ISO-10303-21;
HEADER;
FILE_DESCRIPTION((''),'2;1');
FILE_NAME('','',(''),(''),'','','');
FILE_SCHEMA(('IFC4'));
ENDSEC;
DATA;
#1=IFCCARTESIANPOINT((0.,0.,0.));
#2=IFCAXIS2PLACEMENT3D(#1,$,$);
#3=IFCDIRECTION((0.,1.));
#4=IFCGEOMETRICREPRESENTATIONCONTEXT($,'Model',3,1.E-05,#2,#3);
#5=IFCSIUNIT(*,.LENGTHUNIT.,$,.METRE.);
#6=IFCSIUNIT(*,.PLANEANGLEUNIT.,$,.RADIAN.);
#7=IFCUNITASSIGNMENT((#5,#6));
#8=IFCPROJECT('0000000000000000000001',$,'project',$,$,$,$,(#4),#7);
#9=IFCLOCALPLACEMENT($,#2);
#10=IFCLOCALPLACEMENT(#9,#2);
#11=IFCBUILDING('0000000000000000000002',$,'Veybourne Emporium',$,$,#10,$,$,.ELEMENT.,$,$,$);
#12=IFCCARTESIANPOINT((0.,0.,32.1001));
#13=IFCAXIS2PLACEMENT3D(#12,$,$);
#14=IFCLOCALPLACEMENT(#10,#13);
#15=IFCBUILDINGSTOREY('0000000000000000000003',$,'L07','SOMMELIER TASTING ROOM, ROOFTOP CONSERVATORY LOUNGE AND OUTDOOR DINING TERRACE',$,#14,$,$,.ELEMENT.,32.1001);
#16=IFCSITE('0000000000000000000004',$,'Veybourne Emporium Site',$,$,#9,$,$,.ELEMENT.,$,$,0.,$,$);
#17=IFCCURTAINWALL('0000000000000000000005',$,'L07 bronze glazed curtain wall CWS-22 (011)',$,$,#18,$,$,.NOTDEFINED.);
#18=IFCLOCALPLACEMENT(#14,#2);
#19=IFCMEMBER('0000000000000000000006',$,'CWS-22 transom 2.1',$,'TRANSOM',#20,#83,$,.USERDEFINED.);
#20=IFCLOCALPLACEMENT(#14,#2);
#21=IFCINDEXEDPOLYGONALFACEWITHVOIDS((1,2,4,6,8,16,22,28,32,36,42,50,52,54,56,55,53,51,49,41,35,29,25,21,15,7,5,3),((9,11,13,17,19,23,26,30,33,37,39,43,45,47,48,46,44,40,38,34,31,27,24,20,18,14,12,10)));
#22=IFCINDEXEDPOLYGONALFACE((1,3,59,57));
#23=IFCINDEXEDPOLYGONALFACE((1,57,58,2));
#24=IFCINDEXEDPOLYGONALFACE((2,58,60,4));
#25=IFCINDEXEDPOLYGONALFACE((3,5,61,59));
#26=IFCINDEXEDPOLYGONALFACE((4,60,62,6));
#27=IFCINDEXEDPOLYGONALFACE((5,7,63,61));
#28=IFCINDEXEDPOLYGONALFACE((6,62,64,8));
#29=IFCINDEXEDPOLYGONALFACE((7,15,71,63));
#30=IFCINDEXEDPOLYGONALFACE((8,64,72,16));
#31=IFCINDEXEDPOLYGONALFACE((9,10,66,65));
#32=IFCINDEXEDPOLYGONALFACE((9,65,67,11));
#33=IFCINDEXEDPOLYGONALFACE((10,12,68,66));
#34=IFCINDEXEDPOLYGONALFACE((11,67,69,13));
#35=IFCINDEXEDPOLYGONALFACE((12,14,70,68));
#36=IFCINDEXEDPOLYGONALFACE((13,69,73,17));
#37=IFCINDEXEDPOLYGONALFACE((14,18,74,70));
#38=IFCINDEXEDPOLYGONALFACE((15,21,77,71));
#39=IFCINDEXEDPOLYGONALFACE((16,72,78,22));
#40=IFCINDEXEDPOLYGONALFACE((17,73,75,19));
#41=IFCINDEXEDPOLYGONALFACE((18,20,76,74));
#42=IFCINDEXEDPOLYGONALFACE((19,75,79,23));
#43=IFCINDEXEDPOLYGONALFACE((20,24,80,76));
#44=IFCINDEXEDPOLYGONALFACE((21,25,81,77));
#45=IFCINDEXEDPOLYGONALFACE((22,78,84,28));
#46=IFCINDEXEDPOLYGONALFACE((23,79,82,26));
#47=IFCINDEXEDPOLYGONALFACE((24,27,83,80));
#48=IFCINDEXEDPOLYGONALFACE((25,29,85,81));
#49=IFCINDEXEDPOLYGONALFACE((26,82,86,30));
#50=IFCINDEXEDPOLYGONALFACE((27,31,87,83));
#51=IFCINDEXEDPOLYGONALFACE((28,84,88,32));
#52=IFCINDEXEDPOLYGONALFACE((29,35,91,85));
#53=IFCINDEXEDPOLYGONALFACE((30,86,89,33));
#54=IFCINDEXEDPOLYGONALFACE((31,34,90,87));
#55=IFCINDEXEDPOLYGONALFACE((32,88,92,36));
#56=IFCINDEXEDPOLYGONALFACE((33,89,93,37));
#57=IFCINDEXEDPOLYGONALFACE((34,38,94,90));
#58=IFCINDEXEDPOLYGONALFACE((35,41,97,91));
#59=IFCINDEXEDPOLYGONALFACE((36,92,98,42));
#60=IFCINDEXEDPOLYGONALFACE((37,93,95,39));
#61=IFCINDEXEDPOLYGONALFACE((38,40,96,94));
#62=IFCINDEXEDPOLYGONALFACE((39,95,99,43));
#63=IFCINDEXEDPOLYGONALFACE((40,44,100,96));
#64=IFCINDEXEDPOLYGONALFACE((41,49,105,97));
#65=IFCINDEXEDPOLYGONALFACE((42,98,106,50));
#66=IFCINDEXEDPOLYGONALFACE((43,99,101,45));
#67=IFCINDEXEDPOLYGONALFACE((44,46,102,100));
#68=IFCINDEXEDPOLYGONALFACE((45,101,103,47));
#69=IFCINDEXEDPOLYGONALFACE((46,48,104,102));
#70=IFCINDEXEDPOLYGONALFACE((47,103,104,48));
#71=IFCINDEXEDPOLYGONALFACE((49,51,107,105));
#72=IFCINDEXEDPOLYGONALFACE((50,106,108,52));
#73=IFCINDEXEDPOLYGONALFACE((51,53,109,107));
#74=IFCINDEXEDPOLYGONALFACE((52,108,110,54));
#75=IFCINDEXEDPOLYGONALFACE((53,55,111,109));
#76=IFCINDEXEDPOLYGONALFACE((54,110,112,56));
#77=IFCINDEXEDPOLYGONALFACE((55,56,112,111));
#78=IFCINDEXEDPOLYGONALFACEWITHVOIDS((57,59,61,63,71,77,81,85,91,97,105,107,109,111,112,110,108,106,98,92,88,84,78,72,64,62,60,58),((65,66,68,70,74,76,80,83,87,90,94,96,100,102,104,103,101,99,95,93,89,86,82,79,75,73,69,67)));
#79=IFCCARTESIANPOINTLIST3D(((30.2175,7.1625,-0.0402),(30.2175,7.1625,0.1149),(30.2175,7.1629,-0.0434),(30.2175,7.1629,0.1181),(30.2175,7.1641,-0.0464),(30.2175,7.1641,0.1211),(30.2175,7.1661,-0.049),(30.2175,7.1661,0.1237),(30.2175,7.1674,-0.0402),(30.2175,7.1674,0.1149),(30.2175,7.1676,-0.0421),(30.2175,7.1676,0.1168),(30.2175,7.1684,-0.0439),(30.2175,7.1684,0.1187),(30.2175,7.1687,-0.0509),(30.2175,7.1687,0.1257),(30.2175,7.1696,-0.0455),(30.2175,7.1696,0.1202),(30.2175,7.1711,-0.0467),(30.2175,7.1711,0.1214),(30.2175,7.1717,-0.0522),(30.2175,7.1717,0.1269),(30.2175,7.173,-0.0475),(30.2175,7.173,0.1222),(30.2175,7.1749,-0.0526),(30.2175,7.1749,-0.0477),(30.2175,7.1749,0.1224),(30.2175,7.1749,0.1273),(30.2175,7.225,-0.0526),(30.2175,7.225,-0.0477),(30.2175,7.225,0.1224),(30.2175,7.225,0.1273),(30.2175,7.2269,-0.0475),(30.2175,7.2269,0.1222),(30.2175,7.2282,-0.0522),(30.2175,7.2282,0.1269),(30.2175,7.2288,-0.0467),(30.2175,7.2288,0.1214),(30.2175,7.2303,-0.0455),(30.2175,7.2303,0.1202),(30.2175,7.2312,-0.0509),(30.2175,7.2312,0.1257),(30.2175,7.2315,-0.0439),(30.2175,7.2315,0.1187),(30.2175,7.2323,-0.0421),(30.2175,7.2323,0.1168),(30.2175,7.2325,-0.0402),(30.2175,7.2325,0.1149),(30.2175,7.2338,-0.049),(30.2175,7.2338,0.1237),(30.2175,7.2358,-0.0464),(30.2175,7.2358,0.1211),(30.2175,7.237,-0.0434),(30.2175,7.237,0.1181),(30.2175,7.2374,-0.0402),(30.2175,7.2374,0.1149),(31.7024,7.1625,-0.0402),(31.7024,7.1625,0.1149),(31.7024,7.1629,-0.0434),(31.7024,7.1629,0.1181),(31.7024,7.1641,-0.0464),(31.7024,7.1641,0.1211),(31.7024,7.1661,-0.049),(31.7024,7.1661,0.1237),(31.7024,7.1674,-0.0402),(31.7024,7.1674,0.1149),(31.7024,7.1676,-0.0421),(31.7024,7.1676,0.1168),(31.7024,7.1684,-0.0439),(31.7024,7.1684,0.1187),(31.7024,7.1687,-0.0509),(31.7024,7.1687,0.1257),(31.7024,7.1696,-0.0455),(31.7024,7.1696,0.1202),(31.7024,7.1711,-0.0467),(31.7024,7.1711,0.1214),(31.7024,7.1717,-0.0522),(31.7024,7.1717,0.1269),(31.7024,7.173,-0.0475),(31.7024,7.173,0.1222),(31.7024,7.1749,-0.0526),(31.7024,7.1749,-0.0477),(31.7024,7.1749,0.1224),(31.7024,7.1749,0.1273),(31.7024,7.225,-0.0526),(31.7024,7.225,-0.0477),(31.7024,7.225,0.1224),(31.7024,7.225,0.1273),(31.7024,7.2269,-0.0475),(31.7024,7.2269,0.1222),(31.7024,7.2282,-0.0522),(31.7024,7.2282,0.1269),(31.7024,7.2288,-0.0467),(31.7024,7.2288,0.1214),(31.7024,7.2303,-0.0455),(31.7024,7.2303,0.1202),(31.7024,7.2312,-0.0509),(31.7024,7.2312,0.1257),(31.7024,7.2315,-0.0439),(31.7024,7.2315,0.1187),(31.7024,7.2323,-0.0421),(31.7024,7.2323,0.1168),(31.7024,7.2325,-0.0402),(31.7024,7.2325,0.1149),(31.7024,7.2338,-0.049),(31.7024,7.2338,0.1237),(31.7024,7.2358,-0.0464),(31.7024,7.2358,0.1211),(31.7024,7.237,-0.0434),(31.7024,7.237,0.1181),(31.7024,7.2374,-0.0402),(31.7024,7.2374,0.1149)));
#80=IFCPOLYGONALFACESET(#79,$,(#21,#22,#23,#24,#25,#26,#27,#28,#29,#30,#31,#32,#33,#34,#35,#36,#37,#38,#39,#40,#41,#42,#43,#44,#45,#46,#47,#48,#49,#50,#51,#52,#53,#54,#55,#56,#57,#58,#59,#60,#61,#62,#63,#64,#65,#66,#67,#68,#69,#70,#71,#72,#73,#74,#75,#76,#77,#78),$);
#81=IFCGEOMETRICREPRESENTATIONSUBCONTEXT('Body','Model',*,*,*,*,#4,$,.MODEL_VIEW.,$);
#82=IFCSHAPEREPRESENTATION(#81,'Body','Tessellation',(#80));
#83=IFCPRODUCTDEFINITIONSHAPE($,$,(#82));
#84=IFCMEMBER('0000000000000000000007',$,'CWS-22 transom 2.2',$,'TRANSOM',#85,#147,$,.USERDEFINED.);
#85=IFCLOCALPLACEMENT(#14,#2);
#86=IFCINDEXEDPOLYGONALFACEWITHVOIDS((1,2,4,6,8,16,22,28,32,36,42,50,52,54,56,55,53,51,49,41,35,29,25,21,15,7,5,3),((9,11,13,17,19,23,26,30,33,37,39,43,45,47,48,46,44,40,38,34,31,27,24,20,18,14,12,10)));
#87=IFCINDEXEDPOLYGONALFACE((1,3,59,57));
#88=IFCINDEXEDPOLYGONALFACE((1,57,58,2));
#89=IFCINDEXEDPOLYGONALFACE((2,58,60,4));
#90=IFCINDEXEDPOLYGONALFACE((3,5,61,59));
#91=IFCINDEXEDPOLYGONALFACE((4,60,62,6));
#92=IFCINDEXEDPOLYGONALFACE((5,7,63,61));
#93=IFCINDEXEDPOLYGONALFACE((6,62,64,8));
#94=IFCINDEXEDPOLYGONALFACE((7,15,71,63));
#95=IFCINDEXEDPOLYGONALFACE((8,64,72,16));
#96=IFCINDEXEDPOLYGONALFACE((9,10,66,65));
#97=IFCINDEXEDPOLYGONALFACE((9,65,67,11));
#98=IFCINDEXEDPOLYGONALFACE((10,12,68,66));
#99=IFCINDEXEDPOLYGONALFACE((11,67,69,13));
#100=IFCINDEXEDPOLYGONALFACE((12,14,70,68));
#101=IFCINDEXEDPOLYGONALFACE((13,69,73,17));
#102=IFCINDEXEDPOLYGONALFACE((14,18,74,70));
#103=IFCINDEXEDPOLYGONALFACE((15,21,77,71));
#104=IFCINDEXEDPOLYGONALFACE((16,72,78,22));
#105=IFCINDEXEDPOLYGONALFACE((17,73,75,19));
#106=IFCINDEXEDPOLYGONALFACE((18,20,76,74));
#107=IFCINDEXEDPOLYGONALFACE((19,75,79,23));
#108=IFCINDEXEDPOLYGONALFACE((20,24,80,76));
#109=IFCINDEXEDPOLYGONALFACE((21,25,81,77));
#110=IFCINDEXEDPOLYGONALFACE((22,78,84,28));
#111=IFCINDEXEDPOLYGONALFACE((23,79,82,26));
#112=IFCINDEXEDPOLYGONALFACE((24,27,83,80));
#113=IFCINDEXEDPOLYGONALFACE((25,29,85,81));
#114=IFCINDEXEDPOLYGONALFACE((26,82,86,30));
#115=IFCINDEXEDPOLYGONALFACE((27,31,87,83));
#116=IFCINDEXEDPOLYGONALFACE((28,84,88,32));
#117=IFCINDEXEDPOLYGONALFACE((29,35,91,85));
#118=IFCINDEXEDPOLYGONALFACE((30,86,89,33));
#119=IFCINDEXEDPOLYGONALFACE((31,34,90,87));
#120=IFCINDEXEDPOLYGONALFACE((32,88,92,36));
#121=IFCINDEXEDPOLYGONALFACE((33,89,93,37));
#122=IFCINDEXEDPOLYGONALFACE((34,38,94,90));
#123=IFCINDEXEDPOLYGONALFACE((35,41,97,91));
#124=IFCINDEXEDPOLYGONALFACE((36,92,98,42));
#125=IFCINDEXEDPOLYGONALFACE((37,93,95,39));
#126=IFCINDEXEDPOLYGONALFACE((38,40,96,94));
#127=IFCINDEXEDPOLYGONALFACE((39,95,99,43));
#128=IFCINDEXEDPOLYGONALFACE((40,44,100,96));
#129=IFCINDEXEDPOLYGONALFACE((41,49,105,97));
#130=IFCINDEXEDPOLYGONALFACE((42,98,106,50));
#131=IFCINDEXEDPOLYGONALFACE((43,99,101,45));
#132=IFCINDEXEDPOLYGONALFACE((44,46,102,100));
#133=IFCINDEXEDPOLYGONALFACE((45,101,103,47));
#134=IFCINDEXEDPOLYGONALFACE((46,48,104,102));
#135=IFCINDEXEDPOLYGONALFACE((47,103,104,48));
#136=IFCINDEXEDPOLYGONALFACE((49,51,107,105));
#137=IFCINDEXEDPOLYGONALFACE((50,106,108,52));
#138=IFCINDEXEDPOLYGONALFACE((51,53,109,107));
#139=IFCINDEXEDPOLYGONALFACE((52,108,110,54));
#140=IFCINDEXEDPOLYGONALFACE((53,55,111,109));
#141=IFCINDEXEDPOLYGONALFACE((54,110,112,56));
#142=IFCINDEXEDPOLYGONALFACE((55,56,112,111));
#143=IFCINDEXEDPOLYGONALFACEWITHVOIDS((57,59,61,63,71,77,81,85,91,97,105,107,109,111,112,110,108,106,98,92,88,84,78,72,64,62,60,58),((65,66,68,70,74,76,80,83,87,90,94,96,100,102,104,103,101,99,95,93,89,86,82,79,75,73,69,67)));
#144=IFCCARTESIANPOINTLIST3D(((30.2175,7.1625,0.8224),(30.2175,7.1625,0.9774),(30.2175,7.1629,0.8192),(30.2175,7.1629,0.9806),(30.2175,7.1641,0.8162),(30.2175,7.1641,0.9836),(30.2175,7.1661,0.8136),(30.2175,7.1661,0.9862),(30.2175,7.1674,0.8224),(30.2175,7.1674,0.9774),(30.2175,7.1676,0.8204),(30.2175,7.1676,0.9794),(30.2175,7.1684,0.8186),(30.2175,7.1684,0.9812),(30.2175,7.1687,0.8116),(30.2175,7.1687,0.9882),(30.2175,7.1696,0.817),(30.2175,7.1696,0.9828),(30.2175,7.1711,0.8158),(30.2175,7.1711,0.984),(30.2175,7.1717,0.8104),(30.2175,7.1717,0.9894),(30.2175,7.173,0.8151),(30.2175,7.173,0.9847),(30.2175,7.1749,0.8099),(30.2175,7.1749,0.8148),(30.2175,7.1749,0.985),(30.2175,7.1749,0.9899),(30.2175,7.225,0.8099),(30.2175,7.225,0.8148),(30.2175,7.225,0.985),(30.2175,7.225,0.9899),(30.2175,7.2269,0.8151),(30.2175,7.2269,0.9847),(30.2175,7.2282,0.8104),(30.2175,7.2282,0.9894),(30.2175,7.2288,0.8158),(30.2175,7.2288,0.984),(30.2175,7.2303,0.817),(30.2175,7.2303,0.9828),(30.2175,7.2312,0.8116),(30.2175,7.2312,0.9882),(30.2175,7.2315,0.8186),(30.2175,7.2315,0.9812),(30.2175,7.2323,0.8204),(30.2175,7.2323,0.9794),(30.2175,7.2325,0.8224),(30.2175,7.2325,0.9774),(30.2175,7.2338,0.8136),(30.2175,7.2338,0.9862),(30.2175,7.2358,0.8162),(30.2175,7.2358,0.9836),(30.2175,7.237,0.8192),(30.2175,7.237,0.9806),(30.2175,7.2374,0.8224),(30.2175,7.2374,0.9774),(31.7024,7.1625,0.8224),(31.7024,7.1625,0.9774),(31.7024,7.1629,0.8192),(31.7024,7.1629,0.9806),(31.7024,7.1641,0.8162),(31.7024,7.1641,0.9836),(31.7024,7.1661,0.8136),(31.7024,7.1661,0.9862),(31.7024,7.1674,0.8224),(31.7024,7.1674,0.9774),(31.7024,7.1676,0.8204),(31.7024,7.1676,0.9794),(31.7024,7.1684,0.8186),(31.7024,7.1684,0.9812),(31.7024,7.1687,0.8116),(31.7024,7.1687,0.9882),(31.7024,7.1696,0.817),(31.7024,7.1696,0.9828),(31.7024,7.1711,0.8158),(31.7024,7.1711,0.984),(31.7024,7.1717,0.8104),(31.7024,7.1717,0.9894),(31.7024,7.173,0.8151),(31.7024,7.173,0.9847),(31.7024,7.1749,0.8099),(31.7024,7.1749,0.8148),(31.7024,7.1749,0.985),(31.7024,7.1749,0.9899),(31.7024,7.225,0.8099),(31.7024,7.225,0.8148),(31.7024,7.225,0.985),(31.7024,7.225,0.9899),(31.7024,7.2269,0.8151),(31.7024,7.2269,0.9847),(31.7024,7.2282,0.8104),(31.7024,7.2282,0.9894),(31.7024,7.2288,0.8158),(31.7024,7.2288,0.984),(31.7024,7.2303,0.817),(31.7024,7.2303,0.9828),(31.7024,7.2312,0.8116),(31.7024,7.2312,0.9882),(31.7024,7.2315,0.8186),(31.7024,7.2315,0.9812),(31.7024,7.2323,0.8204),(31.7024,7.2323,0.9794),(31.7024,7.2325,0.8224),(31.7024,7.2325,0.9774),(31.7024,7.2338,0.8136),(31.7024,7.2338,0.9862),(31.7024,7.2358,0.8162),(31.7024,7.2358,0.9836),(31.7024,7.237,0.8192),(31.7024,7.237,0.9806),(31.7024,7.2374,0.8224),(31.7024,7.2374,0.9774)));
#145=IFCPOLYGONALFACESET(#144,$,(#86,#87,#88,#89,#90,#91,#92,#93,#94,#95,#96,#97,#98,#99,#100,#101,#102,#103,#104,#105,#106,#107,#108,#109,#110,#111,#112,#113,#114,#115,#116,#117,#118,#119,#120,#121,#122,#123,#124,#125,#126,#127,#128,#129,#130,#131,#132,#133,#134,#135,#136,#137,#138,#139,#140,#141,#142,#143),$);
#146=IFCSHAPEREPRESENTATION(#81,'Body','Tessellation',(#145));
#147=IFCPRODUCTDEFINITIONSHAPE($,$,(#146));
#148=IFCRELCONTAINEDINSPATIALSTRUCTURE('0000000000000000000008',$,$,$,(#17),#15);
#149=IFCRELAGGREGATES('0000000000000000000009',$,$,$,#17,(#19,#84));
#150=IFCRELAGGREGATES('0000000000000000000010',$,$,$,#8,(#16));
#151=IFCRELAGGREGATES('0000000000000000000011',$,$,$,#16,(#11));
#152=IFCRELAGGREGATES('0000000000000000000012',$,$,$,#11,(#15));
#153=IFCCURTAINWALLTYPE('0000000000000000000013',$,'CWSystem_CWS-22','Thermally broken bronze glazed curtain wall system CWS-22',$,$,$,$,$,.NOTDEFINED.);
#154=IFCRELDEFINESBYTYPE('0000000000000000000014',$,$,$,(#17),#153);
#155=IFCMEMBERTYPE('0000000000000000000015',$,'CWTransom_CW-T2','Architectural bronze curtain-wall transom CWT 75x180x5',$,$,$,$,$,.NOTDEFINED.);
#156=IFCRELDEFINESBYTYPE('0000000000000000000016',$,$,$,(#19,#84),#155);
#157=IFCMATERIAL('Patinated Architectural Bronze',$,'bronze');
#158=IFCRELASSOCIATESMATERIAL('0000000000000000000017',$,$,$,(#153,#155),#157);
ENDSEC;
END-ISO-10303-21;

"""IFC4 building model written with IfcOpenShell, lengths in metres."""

from ifc_helpers import new_model, si_unit, direction, frame, origin, origin_2d, place, context, subcontext, project, spatial, hollow_rectangle, extrude, material, material_profile, profile_set, type_object, element, aggregate, save


model = new_model("IFC4")

# Units and contexts
model_context = context("Model", 3, precision=1e-05, world=origin(), true_north=direction((0.0, 1.0)))
body_context = subcontext(model_context, "Body", "Model", "MODEL_VIEW")
ifc_project = project(units=[si_unit("LENGTHUNIT", "METRE"), si_unit("PLANEANGLEUNIT", "RADIAN")], contexts=[model_context])

# Site, building, storey
site_placement = place(None, origin())
site = spatial("IfcSite", under=ifc_project, at=site_placement, Name="Veybourne Emporium Site", CompositionType="ELEMENT", RefElevation=0.0)
building_placement = place(site_placement, origin())
building = spatial("IfcBuilding", under=site, at=building_placement, Name="Veybourne Emporium", CompositionType="ELEMENT")
storey_placement = place(building_placement, frame((0.0, 0.0, 32.1001)))
storey = spatial("IfcBuildingStorey", under=building, at=storey_placement, Name="L07", Description="SOMMELIER TASTING ROOM, ROOFTOP CONSERVATORY LOUNGE AND OUTDOOR DINING TERRACE", CompositionType="ELEMENT", Elevation=32.1001)

# Curtain wall, members
ifc_material_1 = material(Name="Patinated Architectural Bronze", Category="bronze")
curtain_wall_type = type_object("IfcCurtainWallType", Name="CWSystem_CWS-22", Description="Thermally broken bronze glazed curtain wall system CWS-22", PredefinedType="NOTDEFINED", material=ifc_material_1)
curtain_wall_placement = place(storey_placement, origin())
curtain_wall = element("IfcCurtainWall", 1, at=curtain_wall_placement, inside=storey, type_object=curtain_wall_type, Name="L07 bronze glazed curtain wall CWS-22 (011)", PredefinedType="NOTDEFINED")
ifc_material_profile_1 = material_profile(ifc_material_1, hollow_rectangle(XDim=0.075, YDim=0.1799, WallThickness=0.0049, InnerFilletRadius=0.0076, OuterFilletRadius=0.0125, at=origin_2d()), Name="CWT 75x180x5")
ifc_profile_set_1 = profile_set([ifc_material_profile_1], Name="Patinated Architectural Bronze")
member_type_1 = type_object("IfcMemberType", Name="CWTransom_CW-T2", Description="Architectural bronze curtain-wall transom CWT 75x180x5", PredefinedType="NOTDEFINED", material=ifc_profile_set_1)
member_1_placement = place(storey_placement, frame((31.7024, 7.2, 0.0374), z_axis=(-1.0, 0.0, 0.0), x_axis=(0.0, -1.0, 0.0)))
member_1 = element("IfcMember", 2, at=member_1_placement, type_object=member_type_1, Name="CWS-22 transom 2.1", ObjectType="TRANSOM", PredefinedType="USERDEFINED", context=body_context, shape_type="SweptSolid", body=[
    extrude(hollow_rectangle(XDim=0.075, YDim=0.1799, WallThickness=0.0049, InnerFilletRadius=0.0076, OuterFilletRadius=0.0125, at=origin_2d()), origin(), (0.0, 0.0, 1.0), 1.4849),
])
member_2_placement = place(storey_placement, frame((31.7024, 7.2, 0.8999), z_axis=(-1.0, 0.0, 0.0), x_axis=(0.0, -1.0, 0.0)))
member_2 = element("IfcMember", 3, at=member_2_placement, type_object=member_type_1, Name="CWS-22 transom 2.2", ObjectType="TRANSOM", PredefinedType="USERDEFINED", context=body_context, shape_type="SweptSolid", body=[
    extrude(hollow_rectangle(XDim=0.075, YDim=0.1799, WallThickness=0.0049, InnerFilletRadius=0.0076, OuterFilletRadius=0.0125, at=origin_2d()), origin(), (0.0, 0.0, 1.0), 1.4849),
])

aggregate(curtain_wall, [member_1, member_2])

save(model, "model.ifc")
